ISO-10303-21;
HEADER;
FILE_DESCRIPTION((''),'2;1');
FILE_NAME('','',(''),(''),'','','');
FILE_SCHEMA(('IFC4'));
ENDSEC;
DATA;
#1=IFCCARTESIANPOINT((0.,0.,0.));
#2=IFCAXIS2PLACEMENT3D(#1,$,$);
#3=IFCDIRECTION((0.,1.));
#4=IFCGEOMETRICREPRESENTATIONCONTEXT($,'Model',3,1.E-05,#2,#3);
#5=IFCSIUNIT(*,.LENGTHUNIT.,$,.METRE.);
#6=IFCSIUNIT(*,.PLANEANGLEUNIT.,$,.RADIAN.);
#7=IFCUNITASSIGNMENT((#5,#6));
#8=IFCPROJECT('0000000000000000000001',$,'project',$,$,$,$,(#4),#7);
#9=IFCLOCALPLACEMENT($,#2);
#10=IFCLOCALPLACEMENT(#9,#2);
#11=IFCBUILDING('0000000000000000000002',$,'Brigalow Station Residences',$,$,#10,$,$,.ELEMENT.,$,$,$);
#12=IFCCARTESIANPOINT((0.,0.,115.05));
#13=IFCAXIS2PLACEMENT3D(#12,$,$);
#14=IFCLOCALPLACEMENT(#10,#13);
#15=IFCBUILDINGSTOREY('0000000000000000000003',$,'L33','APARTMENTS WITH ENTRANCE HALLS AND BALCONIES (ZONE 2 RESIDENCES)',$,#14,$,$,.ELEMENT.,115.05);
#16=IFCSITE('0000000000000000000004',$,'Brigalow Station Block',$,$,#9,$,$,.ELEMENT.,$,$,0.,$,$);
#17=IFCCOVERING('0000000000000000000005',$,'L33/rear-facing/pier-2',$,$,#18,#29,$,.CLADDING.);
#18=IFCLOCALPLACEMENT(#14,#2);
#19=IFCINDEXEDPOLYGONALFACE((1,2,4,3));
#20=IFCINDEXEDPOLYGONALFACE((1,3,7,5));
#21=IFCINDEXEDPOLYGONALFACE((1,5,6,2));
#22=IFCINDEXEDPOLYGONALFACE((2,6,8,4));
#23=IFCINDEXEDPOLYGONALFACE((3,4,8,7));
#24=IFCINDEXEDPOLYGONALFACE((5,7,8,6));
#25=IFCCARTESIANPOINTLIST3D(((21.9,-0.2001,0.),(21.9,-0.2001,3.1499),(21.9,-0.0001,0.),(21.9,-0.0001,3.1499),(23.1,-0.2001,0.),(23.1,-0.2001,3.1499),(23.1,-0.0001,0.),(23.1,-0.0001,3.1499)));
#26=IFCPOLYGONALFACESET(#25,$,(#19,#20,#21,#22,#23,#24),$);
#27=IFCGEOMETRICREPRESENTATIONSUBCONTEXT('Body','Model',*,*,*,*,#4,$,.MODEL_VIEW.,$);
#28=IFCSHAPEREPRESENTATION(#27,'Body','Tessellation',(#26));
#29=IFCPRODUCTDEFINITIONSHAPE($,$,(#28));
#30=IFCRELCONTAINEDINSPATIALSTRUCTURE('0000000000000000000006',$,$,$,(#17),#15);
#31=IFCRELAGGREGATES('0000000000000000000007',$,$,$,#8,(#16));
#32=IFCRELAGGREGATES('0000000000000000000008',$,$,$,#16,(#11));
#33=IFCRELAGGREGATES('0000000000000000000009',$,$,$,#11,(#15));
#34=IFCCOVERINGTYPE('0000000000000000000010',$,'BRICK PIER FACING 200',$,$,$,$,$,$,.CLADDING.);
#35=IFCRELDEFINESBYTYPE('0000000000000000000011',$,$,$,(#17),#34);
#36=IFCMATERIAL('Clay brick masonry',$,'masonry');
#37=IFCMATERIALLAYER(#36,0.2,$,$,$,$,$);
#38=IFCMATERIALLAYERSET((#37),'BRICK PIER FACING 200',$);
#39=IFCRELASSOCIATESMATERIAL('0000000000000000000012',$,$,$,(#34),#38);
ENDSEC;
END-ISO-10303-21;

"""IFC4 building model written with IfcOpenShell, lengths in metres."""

from ifc_helpers import new_model, si_unit, direction, frame, origin, origin_2d, place, context, subcontext, project, spatial, rectangle, extrude, material, layer, layer_set, type_object, element, save


model = new_model("IFC4")

# Units and contexts
model_context = context("Model", 3, precision=1e-05, world=origin(), true_north=direction((0.0, 1.0)))
body_context = subcontext(model_context, "Body", "Model", "MODEL_VIEW")
ifc_project = project(units=[si_unit("LENGTHUNIT", "METRE"), si_unit("PLANEANGLEUNIT", "RADIAN")], contexts=[model_context])

# Site, building, storey
site_placement = place(None, origin())
site = spatial("IfcSite", under=ifc_project, at=site_placement, Name="Brigalow Station Block", CompositionType="ELEMENT", RefElevation=0.0)
building_placement = place(site_placement, origin())
building = spatial("IfcBuilding", under=site, at=building_placement, Name="Brigalow Station Residences", CompositionType="ELEMENT")
storey_placement = place(building_placement, frame((0.0, 0.0, 115.05)))
storey = spatial("IfcBuildingStorey", under=building, at=storey_placement, Name="L33", Description="APARTMENTS WITH ENTRANCE HALLS AND BALCONIES (ZONE 2 RESIDENCES)", CompositionType="ELEMENT", Elevation=115.05)

# Covering
ifc_material_1 = material(Name="Clay brick masonry", Category="masonry")
ifc_layer_1 = layer(ifc_material_1, 0.2)
ifc_layer_set_1 = layer_set([ifc_layer_1], Name="BRICK PIER FACING 200")
covering_type_1 = type_object("IfcCoveringType", Name="BRICK PIER FACING 200", PredefinedType="CLADDING", material=ifc_layer_set_1)
covering_1_placement = place(storey_placement, frame((22.5, -0.1001, 0.0), z_axis=(0.0, 0.0, 1.0), x_axis=(1.0, 0.0, 0.0)))
element("IfcCovering", 1, at=covering_1_placement, inside=storey, type_object=covering_type_1, Name="L33/rear-facing/pier-2", PredefinedType="CLADDING", context=body_context, shape_type="SweptSolid", body=[
    extrude(rectangle(XDim=1.2, YDim=0.2, at=origin_2d()), origin(), (0.0, 0.0, 1.0), 3.1499),
])

save(model, "model.ifc")
